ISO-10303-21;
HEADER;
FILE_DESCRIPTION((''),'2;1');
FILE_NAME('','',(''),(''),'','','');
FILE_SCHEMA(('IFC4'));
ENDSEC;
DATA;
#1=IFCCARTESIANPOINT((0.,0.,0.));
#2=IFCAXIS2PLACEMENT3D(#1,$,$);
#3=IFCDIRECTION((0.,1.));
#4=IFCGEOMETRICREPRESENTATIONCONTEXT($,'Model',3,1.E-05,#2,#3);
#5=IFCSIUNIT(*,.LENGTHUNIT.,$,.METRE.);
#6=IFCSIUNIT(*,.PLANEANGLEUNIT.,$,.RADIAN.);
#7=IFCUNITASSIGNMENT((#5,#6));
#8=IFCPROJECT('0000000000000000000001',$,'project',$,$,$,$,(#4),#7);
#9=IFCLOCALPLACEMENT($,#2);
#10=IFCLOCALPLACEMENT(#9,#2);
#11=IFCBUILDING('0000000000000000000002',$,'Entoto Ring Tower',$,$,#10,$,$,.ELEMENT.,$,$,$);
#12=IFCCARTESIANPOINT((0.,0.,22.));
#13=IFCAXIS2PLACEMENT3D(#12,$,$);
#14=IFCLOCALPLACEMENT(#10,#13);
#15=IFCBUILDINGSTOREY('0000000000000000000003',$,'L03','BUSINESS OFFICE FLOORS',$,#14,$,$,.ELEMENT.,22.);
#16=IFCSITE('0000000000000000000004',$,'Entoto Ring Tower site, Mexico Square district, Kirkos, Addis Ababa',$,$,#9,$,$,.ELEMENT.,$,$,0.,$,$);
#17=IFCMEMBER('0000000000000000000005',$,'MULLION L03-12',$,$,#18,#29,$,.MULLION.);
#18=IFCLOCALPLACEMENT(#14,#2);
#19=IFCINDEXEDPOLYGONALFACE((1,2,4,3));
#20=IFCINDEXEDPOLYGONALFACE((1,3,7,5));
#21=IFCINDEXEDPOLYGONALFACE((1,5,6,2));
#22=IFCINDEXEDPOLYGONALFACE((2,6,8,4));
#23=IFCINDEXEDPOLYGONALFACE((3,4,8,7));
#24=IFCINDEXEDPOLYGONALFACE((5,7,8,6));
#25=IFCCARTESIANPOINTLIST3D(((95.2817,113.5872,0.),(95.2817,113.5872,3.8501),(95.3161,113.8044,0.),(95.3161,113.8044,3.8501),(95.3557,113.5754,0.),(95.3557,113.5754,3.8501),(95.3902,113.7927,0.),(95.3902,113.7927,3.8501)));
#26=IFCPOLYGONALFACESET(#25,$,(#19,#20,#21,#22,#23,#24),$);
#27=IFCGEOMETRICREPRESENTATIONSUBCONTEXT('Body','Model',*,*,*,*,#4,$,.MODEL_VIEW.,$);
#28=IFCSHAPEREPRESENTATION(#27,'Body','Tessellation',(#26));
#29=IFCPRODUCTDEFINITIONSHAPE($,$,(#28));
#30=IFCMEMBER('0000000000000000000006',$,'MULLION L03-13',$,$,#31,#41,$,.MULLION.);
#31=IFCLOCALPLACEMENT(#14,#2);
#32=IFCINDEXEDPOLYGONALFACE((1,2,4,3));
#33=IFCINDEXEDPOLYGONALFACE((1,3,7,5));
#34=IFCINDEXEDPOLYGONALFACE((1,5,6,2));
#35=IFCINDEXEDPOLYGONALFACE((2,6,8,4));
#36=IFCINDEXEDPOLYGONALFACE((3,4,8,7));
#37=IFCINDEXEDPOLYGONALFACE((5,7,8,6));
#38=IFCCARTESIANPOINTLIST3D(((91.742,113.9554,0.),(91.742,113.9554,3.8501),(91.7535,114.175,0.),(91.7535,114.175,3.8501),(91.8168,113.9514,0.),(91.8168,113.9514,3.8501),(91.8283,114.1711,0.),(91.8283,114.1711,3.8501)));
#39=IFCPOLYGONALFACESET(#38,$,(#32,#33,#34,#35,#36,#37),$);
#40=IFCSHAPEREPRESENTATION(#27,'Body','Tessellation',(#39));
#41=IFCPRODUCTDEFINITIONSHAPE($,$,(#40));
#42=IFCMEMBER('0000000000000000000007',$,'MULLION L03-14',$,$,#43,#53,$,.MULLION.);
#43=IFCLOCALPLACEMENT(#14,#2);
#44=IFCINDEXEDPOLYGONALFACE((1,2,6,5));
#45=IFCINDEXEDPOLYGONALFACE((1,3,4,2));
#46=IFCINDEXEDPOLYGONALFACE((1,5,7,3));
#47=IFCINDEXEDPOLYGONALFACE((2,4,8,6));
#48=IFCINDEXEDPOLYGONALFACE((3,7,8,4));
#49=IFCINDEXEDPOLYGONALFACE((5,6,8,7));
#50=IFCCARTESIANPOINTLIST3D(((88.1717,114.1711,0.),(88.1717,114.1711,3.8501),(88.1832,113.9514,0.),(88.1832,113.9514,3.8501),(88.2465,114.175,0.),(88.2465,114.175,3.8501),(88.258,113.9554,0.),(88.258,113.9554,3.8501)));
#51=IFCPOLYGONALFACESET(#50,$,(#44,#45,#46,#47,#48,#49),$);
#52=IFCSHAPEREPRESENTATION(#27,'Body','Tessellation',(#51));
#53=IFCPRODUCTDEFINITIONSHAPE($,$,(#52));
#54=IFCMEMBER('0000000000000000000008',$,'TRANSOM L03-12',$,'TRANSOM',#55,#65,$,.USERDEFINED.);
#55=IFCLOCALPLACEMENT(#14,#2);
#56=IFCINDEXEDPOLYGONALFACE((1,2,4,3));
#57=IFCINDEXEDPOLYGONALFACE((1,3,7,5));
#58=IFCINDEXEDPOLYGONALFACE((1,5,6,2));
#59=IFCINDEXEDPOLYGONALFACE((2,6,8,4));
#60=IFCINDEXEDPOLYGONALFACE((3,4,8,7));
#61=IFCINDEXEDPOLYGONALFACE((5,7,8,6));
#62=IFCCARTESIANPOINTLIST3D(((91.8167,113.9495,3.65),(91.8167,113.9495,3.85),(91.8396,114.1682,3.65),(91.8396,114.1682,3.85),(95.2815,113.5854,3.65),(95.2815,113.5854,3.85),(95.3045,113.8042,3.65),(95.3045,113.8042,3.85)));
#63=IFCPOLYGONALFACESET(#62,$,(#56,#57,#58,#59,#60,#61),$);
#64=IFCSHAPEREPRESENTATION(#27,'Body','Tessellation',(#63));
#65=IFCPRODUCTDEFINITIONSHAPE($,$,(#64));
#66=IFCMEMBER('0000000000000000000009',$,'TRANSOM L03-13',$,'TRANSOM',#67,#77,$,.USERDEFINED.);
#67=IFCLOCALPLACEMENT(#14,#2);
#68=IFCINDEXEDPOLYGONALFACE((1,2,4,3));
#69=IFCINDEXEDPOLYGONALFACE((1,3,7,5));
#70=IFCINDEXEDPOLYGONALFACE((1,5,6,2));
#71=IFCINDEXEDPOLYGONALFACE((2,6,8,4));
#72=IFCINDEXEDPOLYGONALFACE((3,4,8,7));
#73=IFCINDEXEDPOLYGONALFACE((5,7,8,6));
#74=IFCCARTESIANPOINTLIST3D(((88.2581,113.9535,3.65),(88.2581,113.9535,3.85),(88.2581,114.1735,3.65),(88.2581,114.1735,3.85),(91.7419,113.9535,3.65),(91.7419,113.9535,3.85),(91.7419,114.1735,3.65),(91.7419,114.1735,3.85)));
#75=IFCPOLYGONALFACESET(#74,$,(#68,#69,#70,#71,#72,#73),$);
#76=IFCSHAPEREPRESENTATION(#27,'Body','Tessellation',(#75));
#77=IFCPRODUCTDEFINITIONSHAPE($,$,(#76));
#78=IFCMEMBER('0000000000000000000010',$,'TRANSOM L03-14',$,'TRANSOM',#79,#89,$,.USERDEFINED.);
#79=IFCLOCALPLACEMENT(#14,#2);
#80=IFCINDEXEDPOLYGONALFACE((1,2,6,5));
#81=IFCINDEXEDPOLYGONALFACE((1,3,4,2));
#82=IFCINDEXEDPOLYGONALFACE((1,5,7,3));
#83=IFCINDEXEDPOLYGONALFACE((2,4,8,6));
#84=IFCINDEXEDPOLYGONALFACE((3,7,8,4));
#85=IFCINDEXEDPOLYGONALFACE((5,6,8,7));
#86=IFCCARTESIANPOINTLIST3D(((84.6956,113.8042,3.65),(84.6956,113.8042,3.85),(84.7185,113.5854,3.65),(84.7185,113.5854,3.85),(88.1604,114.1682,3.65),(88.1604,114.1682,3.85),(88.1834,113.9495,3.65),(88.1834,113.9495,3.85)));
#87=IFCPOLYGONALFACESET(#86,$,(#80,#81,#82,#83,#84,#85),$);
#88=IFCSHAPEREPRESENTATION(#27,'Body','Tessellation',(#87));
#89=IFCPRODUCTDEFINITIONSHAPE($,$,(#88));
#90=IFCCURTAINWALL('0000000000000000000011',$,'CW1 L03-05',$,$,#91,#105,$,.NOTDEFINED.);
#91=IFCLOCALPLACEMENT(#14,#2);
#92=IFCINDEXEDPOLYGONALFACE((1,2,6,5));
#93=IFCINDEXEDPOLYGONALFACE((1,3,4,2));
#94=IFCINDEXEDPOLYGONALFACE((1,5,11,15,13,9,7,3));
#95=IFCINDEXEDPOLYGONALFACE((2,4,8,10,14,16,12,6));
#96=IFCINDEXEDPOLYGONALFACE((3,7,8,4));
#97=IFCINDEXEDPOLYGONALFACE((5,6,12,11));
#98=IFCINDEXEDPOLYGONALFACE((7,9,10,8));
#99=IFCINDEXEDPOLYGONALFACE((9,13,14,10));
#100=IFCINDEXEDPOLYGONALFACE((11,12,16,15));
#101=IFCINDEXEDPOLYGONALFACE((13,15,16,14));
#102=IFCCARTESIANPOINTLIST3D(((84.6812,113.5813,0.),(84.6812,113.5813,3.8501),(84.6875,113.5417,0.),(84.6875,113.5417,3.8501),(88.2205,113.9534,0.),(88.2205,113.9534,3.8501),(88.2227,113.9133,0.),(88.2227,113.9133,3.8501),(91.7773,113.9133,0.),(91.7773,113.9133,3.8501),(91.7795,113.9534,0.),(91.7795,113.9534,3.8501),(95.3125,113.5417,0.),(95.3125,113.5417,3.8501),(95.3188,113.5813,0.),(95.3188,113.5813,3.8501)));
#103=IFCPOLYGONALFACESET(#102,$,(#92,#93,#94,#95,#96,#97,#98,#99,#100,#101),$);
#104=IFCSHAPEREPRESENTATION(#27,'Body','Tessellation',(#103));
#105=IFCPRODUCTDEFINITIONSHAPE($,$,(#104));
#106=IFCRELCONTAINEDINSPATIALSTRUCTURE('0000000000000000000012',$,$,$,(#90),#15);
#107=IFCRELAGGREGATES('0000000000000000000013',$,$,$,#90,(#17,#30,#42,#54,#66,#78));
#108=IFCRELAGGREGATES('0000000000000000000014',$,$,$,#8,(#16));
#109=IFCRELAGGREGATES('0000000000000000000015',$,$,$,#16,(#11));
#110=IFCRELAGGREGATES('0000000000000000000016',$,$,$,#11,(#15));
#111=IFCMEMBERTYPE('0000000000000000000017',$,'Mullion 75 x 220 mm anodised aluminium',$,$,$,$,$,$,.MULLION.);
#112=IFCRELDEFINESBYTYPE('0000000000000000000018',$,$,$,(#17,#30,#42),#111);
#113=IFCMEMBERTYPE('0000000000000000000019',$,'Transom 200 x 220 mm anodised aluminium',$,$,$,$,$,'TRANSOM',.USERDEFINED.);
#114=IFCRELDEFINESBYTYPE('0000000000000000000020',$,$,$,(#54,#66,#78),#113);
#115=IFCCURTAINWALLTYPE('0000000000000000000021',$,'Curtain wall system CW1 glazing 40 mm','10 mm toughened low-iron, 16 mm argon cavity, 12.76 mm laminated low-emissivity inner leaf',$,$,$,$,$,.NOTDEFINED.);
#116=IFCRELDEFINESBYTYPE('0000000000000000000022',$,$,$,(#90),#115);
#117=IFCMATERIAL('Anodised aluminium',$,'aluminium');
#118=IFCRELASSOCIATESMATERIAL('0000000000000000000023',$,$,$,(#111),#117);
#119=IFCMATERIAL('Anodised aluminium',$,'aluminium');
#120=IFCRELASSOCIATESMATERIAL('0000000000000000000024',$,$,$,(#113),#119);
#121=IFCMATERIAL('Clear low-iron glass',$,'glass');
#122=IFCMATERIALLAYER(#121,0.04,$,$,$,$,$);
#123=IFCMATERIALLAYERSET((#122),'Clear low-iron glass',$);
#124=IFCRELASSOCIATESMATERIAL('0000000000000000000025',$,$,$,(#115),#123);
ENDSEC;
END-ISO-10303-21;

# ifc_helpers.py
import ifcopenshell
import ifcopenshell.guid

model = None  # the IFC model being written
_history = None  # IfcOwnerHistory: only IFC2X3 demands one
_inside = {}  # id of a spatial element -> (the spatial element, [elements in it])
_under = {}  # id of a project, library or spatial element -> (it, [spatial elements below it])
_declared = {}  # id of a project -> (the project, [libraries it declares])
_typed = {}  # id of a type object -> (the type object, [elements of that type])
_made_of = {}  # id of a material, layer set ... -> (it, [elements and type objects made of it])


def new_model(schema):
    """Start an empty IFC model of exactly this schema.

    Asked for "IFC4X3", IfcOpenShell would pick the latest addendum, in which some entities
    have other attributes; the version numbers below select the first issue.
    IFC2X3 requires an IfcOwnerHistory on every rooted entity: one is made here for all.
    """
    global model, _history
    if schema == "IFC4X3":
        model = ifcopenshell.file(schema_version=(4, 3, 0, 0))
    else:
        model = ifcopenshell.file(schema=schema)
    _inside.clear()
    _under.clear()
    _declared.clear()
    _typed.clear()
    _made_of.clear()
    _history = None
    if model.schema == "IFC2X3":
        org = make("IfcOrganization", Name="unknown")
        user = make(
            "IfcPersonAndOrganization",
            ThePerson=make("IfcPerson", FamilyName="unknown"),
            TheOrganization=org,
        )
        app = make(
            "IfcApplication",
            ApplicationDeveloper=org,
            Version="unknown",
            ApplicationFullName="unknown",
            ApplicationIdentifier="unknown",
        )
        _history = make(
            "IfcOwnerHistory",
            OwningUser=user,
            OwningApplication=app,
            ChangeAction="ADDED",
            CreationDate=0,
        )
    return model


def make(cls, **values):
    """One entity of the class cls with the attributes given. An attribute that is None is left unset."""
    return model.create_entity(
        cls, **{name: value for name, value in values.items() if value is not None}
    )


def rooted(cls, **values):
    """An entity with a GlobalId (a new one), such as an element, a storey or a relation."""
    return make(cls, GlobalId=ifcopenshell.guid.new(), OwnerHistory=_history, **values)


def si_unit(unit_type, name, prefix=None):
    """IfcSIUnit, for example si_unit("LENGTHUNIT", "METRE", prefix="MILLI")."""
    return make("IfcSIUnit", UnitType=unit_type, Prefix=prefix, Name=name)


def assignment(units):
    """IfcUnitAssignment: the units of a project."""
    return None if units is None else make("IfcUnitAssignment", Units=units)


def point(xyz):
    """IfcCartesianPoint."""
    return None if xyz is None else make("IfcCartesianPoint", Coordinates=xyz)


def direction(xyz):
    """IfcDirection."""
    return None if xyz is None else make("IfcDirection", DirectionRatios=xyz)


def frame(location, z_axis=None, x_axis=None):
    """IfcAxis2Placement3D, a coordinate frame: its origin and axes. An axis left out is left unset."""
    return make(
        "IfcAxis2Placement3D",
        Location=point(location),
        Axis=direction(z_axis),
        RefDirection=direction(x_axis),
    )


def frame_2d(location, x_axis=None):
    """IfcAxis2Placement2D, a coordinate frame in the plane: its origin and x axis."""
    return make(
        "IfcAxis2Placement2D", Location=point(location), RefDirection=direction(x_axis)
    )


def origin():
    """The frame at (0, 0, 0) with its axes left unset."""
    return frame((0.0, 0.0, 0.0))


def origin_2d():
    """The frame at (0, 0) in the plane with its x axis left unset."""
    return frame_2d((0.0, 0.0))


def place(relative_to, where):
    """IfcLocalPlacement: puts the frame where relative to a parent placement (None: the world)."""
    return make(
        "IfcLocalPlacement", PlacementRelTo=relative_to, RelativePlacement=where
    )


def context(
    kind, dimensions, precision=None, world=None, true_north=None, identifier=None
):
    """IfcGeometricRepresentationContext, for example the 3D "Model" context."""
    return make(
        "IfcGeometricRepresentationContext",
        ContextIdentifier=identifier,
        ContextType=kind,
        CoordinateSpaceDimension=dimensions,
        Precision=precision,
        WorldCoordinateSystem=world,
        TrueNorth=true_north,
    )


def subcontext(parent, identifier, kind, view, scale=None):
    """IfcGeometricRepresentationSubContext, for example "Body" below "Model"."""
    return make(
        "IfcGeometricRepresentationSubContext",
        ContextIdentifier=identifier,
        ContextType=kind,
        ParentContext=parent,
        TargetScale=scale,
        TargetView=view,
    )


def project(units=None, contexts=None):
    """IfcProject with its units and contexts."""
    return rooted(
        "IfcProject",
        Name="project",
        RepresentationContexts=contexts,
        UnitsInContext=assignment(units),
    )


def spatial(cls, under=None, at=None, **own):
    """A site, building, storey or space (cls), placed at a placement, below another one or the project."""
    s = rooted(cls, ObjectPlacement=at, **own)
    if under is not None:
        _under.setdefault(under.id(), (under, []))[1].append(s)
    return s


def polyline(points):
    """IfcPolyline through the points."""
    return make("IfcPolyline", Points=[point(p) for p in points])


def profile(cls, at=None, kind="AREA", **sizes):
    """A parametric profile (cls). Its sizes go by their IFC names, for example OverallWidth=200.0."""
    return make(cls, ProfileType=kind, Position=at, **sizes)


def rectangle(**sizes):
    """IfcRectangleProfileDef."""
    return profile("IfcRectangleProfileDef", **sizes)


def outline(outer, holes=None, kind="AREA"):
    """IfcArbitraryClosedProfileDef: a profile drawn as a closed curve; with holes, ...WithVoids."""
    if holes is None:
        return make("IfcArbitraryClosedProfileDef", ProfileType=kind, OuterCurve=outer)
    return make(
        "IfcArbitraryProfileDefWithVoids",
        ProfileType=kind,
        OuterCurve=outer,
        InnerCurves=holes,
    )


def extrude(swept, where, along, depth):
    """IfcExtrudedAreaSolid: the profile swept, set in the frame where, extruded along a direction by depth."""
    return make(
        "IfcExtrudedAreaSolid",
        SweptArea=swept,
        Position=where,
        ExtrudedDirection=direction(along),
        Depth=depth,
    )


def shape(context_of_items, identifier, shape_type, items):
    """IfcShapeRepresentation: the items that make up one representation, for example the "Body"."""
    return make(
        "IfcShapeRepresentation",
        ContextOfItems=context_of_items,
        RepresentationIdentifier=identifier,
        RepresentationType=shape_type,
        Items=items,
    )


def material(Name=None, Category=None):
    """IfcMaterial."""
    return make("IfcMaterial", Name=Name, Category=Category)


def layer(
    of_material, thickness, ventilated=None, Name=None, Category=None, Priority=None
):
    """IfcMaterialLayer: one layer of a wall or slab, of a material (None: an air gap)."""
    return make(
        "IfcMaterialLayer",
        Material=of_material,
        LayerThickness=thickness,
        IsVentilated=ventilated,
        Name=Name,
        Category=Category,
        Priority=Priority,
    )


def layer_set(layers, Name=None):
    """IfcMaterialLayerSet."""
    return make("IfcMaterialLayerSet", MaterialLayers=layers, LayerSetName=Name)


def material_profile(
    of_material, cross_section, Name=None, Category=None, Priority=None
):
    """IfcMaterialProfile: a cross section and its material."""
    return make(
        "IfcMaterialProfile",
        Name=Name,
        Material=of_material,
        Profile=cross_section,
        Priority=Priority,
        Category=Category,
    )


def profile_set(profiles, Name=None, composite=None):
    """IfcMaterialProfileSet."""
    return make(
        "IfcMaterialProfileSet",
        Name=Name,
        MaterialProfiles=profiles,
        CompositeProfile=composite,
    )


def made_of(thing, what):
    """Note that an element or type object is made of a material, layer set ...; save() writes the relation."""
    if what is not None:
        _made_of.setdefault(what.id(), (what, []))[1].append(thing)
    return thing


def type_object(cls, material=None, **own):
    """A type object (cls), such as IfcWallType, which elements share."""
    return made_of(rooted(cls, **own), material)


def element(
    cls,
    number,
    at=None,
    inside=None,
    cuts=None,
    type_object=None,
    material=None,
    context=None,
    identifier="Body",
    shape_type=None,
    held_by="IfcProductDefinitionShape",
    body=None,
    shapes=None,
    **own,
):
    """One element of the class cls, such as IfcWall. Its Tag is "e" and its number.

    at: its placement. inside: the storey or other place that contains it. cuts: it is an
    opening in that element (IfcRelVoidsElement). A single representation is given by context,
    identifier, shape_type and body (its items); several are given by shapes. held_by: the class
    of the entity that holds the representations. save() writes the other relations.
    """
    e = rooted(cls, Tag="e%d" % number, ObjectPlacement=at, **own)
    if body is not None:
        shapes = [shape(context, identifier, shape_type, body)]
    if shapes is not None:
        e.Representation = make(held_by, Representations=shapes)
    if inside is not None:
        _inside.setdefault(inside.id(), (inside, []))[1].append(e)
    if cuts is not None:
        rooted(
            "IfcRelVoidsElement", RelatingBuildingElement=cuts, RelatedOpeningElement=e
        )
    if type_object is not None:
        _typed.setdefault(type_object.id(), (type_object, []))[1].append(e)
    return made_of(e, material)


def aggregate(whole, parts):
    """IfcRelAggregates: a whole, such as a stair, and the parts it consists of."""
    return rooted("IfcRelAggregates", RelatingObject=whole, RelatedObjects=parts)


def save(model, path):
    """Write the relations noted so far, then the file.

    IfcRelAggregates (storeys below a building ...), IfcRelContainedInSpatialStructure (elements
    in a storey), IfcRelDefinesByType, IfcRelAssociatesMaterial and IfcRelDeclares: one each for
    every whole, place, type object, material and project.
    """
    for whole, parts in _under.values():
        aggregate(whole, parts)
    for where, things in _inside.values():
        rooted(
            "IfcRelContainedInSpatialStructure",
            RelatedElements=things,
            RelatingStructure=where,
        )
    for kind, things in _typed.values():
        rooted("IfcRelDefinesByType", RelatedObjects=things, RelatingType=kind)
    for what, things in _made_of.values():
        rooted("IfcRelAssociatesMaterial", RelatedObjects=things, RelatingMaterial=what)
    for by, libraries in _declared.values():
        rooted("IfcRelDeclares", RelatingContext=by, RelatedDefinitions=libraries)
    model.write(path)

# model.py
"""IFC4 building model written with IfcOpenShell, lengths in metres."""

from ifc_helpers import new_model, si_unit, direction, frame, origin, origin_2d, place, context, subcontext, project, spatial, polyline, rectangle, outline, extrude, material, layer, layer_set, material_profile, profile_set, type_object, element, aggregate, save


model = new_model("IFC4")

# Units and contexts
model_context = context("Model", 3, precision=1e-05, world=origin(), true_north=direction((0.0, 1.0)))
body_context = subcontext(model_context, "Body", "Model", "MODEL_VIEW")
ifc_project = project(units=[si_unit("LENGTHUNIT", "METRE"), si_unit("PLANEANGLEUNIT", "RADIAN")], contexts=[model_context])

# Members
ifc_material_1 = material(Name="Anodised aluminium", Category="aluminium")
ifc_material_profile_1 = material_profile(ifc_material_1, rectangle(XDim=0.075, YDim=0.22, at=origin_2d()), Name="Mullion 75 x 220 mm anodised aluminium")
ifc_profile_set_1 = profile_set([ifc_material_profile_1], Name="Anodised aluminium")
member_type_1 = type_object("IfcMemberType", Name="Mullion 75 x 220 mm anodised aluminium", PredefinedType="MULLION", material=ifc_profile_set_1)
site_placement = place(None, origin())
building_placement = place(site_placement, origin())
storey_placement = place(building_placement, frame((0.0, 0.0, 22.0)))
member_1_placement = place(storey_placement, frame((95.3359, 113.6899, 0.0), z_axis=(0.0, 0.0, 1.0), x_axis=(-0.987688, 0.156434, 0.0)))
member_1 = element("IfcMember", 1, at=member_1_placement, type_object=member_type_1, Name="MULLION L03-12", PredefinedType="MULLION", context=body_context, shape_type="SweptSolid", body=[
    extrude(rectangle(XDim=0.075, YDim=0.22, at=origin_2d()), origin(), (0.0, 0.0, 1.0), 3.8501),
])
member_2_placement = place(storey_placement, frame((91.7852, 114.0632, 0.0), z_axis=(0.0, 0.0, 1.0), x_axis=(-0.99863, 0.052336, 0.0)))
member_2 = element("IfcMember", 2, at=member_2_placement, type_object=member_type_1, Name="MULLION L03-13", PredefinedType="MULLION", context=body_context, shape_type="SweptSolid", body=[
    extrude(rectangle(XDim=0.075, YDim=0.22, at=origin_2d()), origin(), (0.0, 0.0, 1.0), 3.8501),
])
member_3_placement = place(storey_placement, frame((88.2148, 114.0632, 0.0), z_axis=(0.0, 0.0, 1.0), x_axis=(-0.99863, -0.052336, 0.0)))
member_3 = element("IfcMember", 3, at=member_3_placement, type_object=member_type_1, Name="MULLION L03-14", PredefinedType="MULLION", context=body_context, shape_type="SweptSolid", body=[
    extrude(rectangle(XDim=0.075, YDim=0.22, at=origin_2d()), origin(), (0.0, 0.0, 1.0), 3.8501),
])
ifc_material_2 = material(Name="Anodised aluminium", Category="aluminium")
ifc_material_profile_2 = material_profile(ifc_material_2, rectangle(XDim=0.22, YDim=0.2, at=origin_2d()), Name="Transom 200 x 220 mm anodised aluminium")
ifc_profile_set_2 = profile_set([ifc_material_profile_2], Name="Anodised aluminium")
member_type_2 = type_object("IfcMemberType", Name="Transom 200 x 220 mm anodised aluminium", ElementType="TRANSOM", PredefinedType="USERDEFINED", material=ifc_profile_set_2)
member_4_placement = place(storey_placement, frame((95.293, 113.6948, 3.75), z_axis=(-0.994527, 0.104484, 0.0), x_axis=(-0.104484, -0.994527, 0.0)))
member_4 = element("IfcMember", 4, at=member_4_placement, type_object=member_type_2, Name="TRANSOM L03-12", ObjectType="TRANSOM", PredefinedType="USERDEFINED", context=body_context, shape_type="SweptSolid", body=[
    extrude(rectangle(XDim=0.22, YDim=0.2, at=origin_2d()), origin(), (0.0, 0.0, 1.0), 3.4839),
])
member_5_placement = place(storey_placement, frame((91.7419, 114.0635, 3.75), z_axis=(-1.0, 0.0, 0.0), x_axis=(0.0, -1.0, 0.0)))
member_5 = element("IfcMember", 5, at=member_5_placement, type_object=member_type_2, Name="TRANSOM L03-13", ObjectType="TRANSOM", PredefinedType="USERDEFINED", context=body_context, shape_type="SweptSolid", body=[
    extrude(rectangle(XDim=0.22, YDim=0.2, at=origin_2d()), origin(), (0.0, 0.0, 1.0), 3.4839),
])
member_6_placement = place(storey_placement, frame((88.1719, 114.0588, 3.75), z_axis=(-0.994527, -0.104484, 0.0), x_axis=(0.104484, -0.994527, 0.0)))
member_6 = element("IfcMember", 6, at=member_6_placement, type_object=member_type_2, Name="TRANSOM L03-14", ObjectType="TRANSOM", PredefinedType="USERDEFINED", context=body_context, shape_type="SweptSolid", body=[
    extrude(rectangle(XDim=0.22, YDim=0.2, at=origin_2d()), origin(), (0.0, 0.0, 1.0), 3.4839),
])

# Site, building, storey
site = spatial("IfcSite", under=ifc_project, at=site_placement, Name="Entoto Ring Tower site, Mexico Square district, Kirkos, Addis Ababa", CompositionType="ELEMENT", RefElevation=0.0)
building = spatial("IfcBuilding", under=site, at=building_placement, Name="Entoto Ring Tower", CompositionType="ELEMENT")
storey = spatial("IfcBuildingStorey", under=building, at=storey_placement, Name="L03", Description="BUSINESS OFFICE FLOORS", CompositionType="ELEMENT", Elevation=22.0)

# Curtain wall
ifc_material_3 = material(Name="Clear low-iron glass", Category="glass")
ifc_layer = layer(ifc_material_3, 0.04)
ifc_layer_set = layer_set([ifc_layer], Name="Clear low-iron glass")
curtain_wall_type = type_object("IfcCurtainWallType", Name="Curtain wall system CW1 glazing 40 mm", Description="10 mm toughened low-iron, 16 mm argon cavity, 12.76 mm laminated low-emissivity inner leaf", PredefinedType="NOTDEFINED", material=ifc_layer_set)
curtain_wall_1_placement = place(storey_placement, origin())
curtain_wall_1 = element("IfcCurtainWall", 7, at=curtain_wall_1_placement, inside=storey, type_object=curtain_wall_type, Name="CW1 L03-05", PredefinedType="NOTDEFINED", context=body_context, shape_type="SweptSolid", body=[
    extrude(outline(polyline([(95.3188, 113.5813), (91.7795, 113.9534), (88.2205, 113.9534), (84.6812, 113.5813), (84.6875, 113.5417), (88.2227, 113.9133), (91.7773, 113.9133), (95.3125, 113.5417), (95.3188, 113.5813)])), origin(), (0.0, 0.0, 1.0), 3.8501),
])
aggregate(curtain_wall_1, [member_1, member_2, member_3, member_4, member_5, member_6])

save(model, "model.ifc")
